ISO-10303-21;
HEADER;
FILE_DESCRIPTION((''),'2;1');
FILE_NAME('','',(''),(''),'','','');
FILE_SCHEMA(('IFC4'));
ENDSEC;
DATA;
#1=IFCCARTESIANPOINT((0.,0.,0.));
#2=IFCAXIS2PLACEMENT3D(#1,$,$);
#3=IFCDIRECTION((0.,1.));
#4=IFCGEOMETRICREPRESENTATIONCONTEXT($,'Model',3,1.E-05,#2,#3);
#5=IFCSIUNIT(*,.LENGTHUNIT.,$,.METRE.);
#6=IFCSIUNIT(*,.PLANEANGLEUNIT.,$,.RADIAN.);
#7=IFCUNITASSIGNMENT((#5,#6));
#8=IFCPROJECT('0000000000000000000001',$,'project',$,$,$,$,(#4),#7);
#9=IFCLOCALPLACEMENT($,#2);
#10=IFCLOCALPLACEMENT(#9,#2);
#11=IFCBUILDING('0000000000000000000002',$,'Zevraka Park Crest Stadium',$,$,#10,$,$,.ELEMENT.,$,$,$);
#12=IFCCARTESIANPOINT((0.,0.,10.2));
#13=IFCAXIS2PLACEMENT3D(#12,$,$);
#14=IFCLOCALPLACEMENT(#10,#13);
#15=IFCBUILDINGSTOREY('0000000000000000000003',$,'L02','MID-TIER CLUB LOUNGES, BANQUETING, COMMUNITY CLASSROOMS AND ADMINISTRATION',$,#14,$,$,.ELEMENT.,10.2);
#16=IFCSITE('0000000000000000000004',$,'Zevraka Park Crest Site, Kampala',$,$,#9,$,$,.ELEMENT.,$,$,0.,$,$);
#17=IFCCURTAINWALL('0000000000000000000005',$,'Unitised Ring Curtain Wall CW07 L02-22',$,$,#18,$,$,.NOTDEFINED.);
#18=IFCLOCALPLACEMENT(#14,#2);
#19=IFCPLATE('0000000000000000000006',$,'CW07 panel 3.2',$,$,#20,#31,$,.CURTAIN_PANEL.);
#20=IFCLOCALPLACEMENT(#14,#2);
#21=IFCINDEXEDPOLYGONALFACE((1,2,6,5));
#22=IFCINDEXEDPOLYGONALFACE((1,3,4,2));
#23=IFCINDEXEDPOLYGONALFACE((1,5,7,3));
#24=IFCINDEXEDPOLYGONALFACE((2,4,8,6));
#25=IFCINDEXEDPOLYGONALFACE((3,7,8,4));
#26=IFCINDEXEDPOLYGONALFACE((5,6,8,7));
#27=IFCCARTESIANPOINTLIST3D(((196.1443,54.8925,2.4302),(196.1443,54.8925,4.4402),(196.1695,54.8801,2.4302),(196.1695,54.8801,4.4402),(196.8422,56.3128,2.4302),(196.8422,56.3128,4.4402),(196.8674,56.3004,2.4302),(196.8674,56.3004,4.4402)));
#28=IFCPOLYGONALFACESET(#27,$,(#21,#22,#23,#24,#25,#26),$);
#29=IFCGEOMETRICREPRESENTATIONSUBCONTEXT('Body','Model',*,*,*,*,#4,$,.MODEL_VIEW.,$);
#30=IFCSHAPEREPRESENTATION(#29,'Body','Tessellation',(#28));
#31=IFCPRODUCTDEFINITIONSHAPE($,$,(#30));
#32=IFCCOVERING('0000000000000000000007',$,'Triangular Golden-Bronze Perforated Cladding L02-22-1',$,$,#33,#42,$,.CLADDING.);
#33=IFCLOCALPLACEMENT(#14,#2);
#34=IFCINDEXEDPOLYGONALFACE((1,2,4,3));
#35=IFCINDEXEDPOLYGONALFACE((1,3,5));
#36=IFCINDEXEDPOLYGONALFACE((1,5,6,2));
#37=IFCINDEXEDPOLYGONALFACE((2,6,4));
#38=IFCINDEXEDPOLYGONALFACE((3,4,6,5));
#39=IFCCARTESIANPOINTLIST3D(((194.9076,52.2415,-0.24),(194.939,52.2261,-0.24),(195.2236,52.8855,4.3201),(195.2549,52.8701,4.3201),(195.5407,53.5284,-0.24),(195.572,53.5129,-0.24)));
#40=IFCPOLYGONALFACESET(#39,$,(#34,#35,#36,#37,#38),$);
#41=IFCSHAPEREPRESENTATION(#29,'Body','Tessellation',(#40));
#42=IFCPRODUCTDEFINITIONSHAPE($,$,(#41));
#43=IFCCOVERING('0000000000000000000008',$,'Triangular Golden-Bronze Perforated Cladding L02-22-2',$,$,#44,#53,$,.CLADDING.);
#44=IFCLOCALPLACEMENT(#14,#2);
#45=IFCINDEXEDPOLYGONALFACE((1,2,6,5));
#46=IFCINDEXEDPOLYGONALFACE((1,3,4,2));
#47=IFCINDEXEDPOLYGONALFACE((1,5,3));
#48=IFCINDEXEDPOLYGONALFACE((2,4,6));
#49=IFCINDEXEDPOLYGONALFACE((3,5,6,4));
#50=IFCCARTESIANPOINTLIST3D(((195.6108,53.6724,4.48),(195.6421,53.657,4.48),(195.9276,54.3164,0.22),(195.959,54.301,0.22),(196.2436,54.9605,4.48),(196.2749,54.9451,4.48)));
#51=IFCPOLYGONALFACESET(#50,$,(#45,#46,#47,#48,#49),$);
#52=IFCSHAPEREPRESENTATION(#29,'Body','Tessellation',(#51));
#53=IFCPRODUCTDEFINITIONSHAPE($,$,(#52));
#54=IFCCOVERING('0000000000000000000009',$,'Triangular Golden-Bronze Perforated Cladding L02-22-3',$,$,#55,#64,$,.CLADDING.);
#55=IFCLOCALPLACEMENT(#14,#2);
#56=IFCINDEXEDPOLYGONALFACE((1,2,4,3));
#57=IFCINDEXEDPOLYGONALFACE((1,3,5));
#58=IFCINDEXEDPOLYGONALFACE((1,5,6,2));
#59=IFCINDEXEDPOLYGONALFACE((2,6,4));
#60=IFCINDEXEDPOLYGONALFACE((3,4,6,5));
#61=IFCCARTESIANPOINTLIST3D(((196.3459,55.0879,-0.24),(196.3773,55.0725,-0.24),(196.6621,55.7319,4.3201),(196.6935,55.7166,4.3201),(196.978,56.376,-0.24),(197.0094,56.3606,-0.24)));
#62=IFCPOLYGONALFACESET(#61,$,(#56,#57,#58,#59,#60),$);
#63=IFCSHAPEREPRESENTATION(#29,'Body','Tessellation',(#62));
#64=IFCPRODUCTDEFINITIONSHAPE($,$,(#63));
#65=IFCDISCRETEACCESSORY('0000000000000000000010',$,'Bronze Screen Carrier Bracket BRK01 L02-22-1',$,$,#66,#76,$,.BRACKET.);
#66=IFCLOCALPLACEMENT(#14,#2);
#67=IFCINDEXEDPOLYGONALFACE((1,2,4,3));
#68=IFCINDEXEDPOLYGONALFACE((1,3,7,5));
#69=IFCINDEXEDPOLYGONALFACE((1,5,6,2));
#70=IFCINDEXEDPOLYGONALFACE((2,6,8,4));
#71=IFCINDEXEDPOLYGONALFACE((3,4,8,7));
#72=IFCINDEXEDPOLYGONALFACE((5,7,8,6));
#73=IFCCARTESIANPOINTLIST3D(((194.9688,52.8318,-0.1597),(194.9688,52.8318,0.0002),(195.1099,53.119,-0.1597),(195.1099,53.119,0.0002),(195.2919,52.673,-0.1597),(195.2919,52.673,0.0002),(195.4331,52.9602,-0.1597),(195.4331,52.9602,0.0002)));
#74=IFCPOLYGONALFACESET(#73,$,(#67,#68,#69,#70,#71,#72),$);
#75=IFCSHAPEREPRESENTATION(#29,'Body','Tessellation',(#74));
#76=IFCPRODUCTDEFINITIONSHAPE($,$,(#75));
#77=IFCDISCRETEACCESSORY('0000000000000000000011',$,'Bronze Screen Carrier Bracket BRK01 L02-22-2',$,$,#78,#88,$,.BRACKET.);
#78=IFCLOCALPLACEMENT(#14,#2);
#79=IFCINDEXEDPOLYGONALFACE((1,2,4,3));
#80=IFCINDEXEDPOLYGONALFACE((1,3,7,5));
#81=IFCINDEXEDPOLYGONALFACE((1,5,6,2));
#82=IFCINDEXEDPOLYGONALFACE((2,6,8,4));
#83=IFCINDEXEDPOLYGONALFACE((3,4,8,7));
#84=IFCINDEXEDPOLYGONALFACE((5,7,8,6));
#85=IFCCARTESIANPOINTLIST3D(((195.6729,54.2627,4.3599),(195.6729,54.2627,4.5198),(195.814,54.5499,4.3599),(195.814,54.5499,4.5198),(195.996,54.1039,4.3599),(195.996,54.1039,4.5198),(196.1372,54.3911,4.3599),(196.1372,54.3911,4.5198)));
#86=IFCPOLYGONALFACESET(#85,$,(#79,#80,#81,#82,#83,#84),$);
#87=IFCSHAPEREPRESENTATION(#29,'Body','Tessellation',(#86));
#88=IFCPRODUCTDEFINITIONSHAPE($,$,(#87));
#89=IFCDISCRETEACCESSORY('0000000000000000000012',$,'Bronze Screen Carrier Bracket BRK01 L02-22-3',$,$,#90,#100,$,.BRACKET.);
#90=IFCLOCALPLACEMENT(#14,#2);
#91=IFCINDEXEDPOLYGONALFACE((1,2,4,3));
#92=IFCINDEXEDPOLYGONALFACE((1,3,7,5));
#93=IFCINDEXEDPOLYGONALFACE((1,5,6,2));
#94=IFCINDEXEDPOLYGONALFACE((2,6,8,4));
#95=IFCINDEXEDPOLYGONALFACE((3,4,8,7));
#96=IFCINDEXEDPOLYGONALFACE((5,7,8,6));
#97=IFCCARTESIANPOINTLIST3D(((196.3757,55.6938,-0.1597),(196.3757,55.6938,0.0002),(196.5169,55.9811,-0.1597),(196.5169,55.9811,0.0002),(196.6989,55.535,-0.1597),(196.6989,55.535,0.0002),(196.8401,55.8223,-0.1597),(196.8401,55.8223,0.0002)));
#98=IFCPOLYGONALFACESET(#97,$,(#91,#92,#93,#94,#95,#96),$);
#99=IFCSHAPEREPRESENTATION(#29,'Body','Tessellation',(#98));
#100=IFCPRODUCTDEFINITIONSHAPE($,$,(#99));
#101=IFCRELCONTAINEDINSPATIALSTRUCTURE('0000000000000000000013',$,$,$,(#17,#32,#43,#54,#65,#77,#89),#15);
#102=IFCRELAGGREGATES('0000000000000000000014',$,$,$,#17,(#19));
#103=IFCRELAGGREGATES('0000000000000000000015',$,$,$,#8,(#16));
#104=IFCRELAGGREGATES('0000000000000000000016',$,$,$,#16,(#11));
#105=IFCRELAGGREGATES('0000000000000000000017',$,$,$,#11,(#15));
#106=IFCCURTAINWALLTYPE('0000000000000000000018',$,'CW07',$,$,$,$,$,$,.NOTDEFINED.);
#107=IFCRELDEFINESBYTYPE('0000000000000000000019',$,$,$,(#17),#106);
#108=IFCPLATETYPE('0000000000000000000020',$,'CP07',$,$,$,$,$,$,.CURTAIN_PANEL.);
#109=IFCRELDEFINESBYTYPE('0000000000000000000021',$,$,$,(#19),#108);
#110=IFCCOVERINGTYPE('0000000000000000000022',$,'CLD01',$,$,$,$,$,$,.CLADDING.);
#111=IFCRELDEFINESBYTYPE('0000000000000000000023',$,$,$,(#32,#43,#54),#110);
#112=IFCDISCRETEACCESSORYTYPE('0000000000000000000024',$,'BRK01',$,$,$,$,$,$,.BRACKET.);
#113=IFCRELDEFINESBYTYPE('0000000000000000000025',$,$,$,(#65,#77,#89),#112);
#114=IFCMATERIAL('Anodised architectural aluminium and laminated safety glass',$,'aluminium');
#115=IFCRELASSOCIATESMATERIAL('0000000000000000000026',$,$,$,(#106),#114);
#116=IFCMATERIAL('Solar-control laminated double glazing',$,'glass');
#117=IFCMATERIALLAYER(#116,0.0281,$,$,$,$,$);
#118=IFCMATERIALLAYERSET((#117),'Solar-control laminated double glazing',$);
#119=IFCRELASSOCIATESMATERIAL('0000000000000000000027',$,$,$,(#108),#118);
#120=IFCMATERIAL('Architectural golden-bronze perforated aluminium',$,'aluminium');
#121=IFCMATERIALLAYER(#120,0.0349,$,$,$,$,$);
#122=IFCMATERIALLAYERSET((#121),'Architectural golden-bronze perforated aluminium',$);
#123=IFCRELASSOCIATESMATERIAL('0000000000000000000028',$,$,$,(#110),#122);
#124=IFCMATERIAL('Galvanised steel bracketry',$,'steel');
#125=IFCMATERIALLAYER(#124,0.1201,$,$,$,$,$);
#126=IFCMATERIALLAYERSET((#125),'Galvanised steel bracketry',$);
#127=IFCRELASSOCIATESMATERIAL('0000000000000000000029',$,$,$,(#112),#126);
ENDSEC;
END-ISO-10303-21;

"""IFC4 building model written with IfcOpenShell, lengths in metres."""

from ifc_helpers import new_model, si_unit, direction, frame, origin, origin_2d, place, context, subcontext, project, spatial, polyline, rectangle, outline, extrude, material, layer, layer_set, type_object, element, aggregate, save


model = new_model("IFC4")

# Units and contexts
model_context = context("Model", 3, precision=1e-05, world=origin(), true_north=direction((0.0, 1.0)))
body_context = subcontext(model_context, "Body", "Model", "MODEL_VIEW")
ifc_project = project(units=[si_unit("LENGTHUNIT", "METRE"), si_unit("PLANEANGLEUNIT", "RADIAN")], contexts=[model_context])

# Site, building, storey
site_placement = place(None, origin())
site = spatial("IfcSite", under=ifc_project, at=site_placement, Name="Zevraka Park Crest Site, Kampala", CompositionType="ELEMENT", RefElevation=0.0)
building_placement = place(site_placement, origin())
building = spatial("IfcBuilding", under=site, at=building_placement, Name="Zevraka Park Crest Stadium", CompositionType="ELEMENT")
storey_placement = place(building_placement, frame((0.0, 0.0, 10.2)))
storey = spatial("IfcBuildingStorey", under=building, at=storey_placement, Name="L02", Description="MID-TIER CLUB LOUNGES, BANQUETING, COMMUNITY CLASSROOMS AND ADMINISTRATION", CompositionType="ELEMENT", Elevation=10.2)

# Curtain wall, plate
ifc_material_1 = material(Name="Anodised architectural aluminium and laminated safety glass", Category="aluminium")
curtain_wall_type = type_object("IfcCurtainWallType", Name="CW07", PredefinedType="NOTDEFINED", material=ifc_material_1)
curtain_wall_placement = place(storey_placement, origin())
curtain_wall = element("IfcCurtainWall", 1, at=curtain_wall_placement, inside=storey, type_object=curtain_wall_type, Name="Unitised Ring Curtain Wall CW07 L02-22", PredefinedType="NOTDEFINED")
ifc_material_2 = material(Name="Solar-control laminated double glazing", Category="glass")
ifc_layer_1 = layer(ifc_material_2, 0.0281)
ifc_layer_set_1 = layer_set([ifc_layer_1], Name="Solar-control laminated double glazing")
plate_type = type_object("IfcPlateType", Name="CP07", PredefinedType="CURTAIN_PANEL", material=ifc_layer_set_1)
plate_1_placement = place(storey_placement, frame((196.5059, 55.5964, 2.4302), z_axis=(0.0, 0.0, 1.0), x_axis=(0.441021, 0.897497, 0.0)))
plate_1 = element("IfcPlate", 2, at=plate_1_placement, type_object=plate_type, Name="CW07 panel 3.2", PredefinedType="CURTAIN_PANEL", context=body_context, shape_type="SweptSolid", body=[
    extrude(rectangle(XDim=1.5825, YDim=0.0281, at=origin_2d()), origin(), (0.0, 0.0, 1.0), 2.01),
])
aggregate(curtain_wall, [plate_1])

# Coverings
ifc_material_3 = material(Name="Architectural golden-bronze perforated aluminium", Category="aluminium")
ifc_layer_2 = layer(ifc_material_3, 0.0349)
ifc_layer_set_2 = layer_set([ifc_layer_2], Name="Architectural golden-bronze perforated aluminium")
covering_type = type_object("IfcCoveringType", Name="CLD01", PredefinedType="CLADDING", material=ifc_layer_set_2)
covering_1_placement = place(storey_placement, frame((194.939, 52.2261, -0.24), z_axis=(0.897302, -0.441416, 0.000179), x_axis=(0.441416, 0.897302, 0.0)))
element("IfcCovering", 3, at=covering_1_placement, inside=storey, type_object=covering_type, Name="Triangular Golden-Bronze Perforated Cladding L02-22-1", PredefinedType="CLADDING", context=body_context, shape_type="SweptSolid", body=[
    extrude(outline(polyline([(0.0, 0.0), (1.4341, 0.0), (0.7174, 4.5601), (0.0, 0.0)])), origin(), (0.0, 0.0, -1.0), 0.0349),
])
covering_2_placement = place(storey_placement, frame((196.2749, 54.9451, 4.48), z_axis=(0.897535, -0.440942, 0.000103), x_axis=(-0.440942, -0.897535, 0.0)))
element("IfcCovering", 4, at=covering_2_placement, inside=storey, type_object=covering_type, Name="Triangular Golden-Bronze Perforated Cladding L02-22-2", PredefinedType="CLADDING", context=body_context, shape_type="SweptSolid", body=[
    extrude(outline(polyline([(0.0, 0.0), (1.4351, 0.0), (0.7174, 4.26), (0.0, 0.0)])), origin(), (0.0, 0.0, -1.0), 0.0349),
])
covering_3_placement = place(storey_placement, frame((196.3459, 55.0879, -0.24), z_axis=(-0.897737, 0.440531, 0.000024), x_axis=(0.440531, 0.897737, 0.0)))
element("IfcCovering", 5, at=covering_3_placement, inside=storey, type_object=covering_type, Name="Triangular Golden-Bronze Perforated Cladding L02-22-3", PredefinedType="CLADDING", context=body_context, shape_type="SweptSolid", body=[
    extrude(outline(polyline([(0.0, 0.0), (1.4348, 0.0), (0.7175, -4.5601), (0.0, 0.0)])), origin(), (0.0, 0.0, -1.0), 0.0349),
])

# Discrete accessories
ifc_material_4 = material(Name="Galvanised steel bracketry", Category="steel")
ifc_layer_3 = layer(ifc_material_4, 0.1201)
ifc_layer_set_3 = layer_set([ifc_layer_3], Name="Galvanised steel bracketry")
discrete_accessory_type = type_object("IfcDiscreteAccessoryType", Name="BRK01", PredefinedType="BRACKET", material=ifc_layer_set_3)
for number, where, z_axis, x_axis, name in (
    (6, (195.2009, 52.896, -0.1597), (0.0, 0.0, 1.0), (0.441036, 0.897489, 0.0), "Bronze Screen Carrier Bracket BRK01 L02-22-1"),
    (7, (195.905, 54.3269, 4.3599), (0.0, 0.0, 1.0), (0.441036, 0.897489, 0.0), "Bronze Screen Carrier Bracket BRK01 L02-22-2"),
    (8, (196.6079, 55.7581, -0.1597), (0.0, 0.0, 1.0), (0.441036, 0.897489, 0.0), "Bronze Screen Carrier Bracket BRK01 L02-22-3"),
):
    element("IfcDiscreteAccessory", number, at=place(storey_placement, frame(where, z_axis=z_axis, x_axis=x_axis)), inside=storey, type_object=discrete_accessory_type, Name=name, PredefinedType="BRACKET", context=body_context, shape_type="SweptSolid", body=[
        extrude(rectangle(XDim=0.3201, YDim=0.3601, at=origin_2d()), origin(), (0.0, 0.0, 1.0), 0.1599),
    ])

save(model, "model.ifc")
